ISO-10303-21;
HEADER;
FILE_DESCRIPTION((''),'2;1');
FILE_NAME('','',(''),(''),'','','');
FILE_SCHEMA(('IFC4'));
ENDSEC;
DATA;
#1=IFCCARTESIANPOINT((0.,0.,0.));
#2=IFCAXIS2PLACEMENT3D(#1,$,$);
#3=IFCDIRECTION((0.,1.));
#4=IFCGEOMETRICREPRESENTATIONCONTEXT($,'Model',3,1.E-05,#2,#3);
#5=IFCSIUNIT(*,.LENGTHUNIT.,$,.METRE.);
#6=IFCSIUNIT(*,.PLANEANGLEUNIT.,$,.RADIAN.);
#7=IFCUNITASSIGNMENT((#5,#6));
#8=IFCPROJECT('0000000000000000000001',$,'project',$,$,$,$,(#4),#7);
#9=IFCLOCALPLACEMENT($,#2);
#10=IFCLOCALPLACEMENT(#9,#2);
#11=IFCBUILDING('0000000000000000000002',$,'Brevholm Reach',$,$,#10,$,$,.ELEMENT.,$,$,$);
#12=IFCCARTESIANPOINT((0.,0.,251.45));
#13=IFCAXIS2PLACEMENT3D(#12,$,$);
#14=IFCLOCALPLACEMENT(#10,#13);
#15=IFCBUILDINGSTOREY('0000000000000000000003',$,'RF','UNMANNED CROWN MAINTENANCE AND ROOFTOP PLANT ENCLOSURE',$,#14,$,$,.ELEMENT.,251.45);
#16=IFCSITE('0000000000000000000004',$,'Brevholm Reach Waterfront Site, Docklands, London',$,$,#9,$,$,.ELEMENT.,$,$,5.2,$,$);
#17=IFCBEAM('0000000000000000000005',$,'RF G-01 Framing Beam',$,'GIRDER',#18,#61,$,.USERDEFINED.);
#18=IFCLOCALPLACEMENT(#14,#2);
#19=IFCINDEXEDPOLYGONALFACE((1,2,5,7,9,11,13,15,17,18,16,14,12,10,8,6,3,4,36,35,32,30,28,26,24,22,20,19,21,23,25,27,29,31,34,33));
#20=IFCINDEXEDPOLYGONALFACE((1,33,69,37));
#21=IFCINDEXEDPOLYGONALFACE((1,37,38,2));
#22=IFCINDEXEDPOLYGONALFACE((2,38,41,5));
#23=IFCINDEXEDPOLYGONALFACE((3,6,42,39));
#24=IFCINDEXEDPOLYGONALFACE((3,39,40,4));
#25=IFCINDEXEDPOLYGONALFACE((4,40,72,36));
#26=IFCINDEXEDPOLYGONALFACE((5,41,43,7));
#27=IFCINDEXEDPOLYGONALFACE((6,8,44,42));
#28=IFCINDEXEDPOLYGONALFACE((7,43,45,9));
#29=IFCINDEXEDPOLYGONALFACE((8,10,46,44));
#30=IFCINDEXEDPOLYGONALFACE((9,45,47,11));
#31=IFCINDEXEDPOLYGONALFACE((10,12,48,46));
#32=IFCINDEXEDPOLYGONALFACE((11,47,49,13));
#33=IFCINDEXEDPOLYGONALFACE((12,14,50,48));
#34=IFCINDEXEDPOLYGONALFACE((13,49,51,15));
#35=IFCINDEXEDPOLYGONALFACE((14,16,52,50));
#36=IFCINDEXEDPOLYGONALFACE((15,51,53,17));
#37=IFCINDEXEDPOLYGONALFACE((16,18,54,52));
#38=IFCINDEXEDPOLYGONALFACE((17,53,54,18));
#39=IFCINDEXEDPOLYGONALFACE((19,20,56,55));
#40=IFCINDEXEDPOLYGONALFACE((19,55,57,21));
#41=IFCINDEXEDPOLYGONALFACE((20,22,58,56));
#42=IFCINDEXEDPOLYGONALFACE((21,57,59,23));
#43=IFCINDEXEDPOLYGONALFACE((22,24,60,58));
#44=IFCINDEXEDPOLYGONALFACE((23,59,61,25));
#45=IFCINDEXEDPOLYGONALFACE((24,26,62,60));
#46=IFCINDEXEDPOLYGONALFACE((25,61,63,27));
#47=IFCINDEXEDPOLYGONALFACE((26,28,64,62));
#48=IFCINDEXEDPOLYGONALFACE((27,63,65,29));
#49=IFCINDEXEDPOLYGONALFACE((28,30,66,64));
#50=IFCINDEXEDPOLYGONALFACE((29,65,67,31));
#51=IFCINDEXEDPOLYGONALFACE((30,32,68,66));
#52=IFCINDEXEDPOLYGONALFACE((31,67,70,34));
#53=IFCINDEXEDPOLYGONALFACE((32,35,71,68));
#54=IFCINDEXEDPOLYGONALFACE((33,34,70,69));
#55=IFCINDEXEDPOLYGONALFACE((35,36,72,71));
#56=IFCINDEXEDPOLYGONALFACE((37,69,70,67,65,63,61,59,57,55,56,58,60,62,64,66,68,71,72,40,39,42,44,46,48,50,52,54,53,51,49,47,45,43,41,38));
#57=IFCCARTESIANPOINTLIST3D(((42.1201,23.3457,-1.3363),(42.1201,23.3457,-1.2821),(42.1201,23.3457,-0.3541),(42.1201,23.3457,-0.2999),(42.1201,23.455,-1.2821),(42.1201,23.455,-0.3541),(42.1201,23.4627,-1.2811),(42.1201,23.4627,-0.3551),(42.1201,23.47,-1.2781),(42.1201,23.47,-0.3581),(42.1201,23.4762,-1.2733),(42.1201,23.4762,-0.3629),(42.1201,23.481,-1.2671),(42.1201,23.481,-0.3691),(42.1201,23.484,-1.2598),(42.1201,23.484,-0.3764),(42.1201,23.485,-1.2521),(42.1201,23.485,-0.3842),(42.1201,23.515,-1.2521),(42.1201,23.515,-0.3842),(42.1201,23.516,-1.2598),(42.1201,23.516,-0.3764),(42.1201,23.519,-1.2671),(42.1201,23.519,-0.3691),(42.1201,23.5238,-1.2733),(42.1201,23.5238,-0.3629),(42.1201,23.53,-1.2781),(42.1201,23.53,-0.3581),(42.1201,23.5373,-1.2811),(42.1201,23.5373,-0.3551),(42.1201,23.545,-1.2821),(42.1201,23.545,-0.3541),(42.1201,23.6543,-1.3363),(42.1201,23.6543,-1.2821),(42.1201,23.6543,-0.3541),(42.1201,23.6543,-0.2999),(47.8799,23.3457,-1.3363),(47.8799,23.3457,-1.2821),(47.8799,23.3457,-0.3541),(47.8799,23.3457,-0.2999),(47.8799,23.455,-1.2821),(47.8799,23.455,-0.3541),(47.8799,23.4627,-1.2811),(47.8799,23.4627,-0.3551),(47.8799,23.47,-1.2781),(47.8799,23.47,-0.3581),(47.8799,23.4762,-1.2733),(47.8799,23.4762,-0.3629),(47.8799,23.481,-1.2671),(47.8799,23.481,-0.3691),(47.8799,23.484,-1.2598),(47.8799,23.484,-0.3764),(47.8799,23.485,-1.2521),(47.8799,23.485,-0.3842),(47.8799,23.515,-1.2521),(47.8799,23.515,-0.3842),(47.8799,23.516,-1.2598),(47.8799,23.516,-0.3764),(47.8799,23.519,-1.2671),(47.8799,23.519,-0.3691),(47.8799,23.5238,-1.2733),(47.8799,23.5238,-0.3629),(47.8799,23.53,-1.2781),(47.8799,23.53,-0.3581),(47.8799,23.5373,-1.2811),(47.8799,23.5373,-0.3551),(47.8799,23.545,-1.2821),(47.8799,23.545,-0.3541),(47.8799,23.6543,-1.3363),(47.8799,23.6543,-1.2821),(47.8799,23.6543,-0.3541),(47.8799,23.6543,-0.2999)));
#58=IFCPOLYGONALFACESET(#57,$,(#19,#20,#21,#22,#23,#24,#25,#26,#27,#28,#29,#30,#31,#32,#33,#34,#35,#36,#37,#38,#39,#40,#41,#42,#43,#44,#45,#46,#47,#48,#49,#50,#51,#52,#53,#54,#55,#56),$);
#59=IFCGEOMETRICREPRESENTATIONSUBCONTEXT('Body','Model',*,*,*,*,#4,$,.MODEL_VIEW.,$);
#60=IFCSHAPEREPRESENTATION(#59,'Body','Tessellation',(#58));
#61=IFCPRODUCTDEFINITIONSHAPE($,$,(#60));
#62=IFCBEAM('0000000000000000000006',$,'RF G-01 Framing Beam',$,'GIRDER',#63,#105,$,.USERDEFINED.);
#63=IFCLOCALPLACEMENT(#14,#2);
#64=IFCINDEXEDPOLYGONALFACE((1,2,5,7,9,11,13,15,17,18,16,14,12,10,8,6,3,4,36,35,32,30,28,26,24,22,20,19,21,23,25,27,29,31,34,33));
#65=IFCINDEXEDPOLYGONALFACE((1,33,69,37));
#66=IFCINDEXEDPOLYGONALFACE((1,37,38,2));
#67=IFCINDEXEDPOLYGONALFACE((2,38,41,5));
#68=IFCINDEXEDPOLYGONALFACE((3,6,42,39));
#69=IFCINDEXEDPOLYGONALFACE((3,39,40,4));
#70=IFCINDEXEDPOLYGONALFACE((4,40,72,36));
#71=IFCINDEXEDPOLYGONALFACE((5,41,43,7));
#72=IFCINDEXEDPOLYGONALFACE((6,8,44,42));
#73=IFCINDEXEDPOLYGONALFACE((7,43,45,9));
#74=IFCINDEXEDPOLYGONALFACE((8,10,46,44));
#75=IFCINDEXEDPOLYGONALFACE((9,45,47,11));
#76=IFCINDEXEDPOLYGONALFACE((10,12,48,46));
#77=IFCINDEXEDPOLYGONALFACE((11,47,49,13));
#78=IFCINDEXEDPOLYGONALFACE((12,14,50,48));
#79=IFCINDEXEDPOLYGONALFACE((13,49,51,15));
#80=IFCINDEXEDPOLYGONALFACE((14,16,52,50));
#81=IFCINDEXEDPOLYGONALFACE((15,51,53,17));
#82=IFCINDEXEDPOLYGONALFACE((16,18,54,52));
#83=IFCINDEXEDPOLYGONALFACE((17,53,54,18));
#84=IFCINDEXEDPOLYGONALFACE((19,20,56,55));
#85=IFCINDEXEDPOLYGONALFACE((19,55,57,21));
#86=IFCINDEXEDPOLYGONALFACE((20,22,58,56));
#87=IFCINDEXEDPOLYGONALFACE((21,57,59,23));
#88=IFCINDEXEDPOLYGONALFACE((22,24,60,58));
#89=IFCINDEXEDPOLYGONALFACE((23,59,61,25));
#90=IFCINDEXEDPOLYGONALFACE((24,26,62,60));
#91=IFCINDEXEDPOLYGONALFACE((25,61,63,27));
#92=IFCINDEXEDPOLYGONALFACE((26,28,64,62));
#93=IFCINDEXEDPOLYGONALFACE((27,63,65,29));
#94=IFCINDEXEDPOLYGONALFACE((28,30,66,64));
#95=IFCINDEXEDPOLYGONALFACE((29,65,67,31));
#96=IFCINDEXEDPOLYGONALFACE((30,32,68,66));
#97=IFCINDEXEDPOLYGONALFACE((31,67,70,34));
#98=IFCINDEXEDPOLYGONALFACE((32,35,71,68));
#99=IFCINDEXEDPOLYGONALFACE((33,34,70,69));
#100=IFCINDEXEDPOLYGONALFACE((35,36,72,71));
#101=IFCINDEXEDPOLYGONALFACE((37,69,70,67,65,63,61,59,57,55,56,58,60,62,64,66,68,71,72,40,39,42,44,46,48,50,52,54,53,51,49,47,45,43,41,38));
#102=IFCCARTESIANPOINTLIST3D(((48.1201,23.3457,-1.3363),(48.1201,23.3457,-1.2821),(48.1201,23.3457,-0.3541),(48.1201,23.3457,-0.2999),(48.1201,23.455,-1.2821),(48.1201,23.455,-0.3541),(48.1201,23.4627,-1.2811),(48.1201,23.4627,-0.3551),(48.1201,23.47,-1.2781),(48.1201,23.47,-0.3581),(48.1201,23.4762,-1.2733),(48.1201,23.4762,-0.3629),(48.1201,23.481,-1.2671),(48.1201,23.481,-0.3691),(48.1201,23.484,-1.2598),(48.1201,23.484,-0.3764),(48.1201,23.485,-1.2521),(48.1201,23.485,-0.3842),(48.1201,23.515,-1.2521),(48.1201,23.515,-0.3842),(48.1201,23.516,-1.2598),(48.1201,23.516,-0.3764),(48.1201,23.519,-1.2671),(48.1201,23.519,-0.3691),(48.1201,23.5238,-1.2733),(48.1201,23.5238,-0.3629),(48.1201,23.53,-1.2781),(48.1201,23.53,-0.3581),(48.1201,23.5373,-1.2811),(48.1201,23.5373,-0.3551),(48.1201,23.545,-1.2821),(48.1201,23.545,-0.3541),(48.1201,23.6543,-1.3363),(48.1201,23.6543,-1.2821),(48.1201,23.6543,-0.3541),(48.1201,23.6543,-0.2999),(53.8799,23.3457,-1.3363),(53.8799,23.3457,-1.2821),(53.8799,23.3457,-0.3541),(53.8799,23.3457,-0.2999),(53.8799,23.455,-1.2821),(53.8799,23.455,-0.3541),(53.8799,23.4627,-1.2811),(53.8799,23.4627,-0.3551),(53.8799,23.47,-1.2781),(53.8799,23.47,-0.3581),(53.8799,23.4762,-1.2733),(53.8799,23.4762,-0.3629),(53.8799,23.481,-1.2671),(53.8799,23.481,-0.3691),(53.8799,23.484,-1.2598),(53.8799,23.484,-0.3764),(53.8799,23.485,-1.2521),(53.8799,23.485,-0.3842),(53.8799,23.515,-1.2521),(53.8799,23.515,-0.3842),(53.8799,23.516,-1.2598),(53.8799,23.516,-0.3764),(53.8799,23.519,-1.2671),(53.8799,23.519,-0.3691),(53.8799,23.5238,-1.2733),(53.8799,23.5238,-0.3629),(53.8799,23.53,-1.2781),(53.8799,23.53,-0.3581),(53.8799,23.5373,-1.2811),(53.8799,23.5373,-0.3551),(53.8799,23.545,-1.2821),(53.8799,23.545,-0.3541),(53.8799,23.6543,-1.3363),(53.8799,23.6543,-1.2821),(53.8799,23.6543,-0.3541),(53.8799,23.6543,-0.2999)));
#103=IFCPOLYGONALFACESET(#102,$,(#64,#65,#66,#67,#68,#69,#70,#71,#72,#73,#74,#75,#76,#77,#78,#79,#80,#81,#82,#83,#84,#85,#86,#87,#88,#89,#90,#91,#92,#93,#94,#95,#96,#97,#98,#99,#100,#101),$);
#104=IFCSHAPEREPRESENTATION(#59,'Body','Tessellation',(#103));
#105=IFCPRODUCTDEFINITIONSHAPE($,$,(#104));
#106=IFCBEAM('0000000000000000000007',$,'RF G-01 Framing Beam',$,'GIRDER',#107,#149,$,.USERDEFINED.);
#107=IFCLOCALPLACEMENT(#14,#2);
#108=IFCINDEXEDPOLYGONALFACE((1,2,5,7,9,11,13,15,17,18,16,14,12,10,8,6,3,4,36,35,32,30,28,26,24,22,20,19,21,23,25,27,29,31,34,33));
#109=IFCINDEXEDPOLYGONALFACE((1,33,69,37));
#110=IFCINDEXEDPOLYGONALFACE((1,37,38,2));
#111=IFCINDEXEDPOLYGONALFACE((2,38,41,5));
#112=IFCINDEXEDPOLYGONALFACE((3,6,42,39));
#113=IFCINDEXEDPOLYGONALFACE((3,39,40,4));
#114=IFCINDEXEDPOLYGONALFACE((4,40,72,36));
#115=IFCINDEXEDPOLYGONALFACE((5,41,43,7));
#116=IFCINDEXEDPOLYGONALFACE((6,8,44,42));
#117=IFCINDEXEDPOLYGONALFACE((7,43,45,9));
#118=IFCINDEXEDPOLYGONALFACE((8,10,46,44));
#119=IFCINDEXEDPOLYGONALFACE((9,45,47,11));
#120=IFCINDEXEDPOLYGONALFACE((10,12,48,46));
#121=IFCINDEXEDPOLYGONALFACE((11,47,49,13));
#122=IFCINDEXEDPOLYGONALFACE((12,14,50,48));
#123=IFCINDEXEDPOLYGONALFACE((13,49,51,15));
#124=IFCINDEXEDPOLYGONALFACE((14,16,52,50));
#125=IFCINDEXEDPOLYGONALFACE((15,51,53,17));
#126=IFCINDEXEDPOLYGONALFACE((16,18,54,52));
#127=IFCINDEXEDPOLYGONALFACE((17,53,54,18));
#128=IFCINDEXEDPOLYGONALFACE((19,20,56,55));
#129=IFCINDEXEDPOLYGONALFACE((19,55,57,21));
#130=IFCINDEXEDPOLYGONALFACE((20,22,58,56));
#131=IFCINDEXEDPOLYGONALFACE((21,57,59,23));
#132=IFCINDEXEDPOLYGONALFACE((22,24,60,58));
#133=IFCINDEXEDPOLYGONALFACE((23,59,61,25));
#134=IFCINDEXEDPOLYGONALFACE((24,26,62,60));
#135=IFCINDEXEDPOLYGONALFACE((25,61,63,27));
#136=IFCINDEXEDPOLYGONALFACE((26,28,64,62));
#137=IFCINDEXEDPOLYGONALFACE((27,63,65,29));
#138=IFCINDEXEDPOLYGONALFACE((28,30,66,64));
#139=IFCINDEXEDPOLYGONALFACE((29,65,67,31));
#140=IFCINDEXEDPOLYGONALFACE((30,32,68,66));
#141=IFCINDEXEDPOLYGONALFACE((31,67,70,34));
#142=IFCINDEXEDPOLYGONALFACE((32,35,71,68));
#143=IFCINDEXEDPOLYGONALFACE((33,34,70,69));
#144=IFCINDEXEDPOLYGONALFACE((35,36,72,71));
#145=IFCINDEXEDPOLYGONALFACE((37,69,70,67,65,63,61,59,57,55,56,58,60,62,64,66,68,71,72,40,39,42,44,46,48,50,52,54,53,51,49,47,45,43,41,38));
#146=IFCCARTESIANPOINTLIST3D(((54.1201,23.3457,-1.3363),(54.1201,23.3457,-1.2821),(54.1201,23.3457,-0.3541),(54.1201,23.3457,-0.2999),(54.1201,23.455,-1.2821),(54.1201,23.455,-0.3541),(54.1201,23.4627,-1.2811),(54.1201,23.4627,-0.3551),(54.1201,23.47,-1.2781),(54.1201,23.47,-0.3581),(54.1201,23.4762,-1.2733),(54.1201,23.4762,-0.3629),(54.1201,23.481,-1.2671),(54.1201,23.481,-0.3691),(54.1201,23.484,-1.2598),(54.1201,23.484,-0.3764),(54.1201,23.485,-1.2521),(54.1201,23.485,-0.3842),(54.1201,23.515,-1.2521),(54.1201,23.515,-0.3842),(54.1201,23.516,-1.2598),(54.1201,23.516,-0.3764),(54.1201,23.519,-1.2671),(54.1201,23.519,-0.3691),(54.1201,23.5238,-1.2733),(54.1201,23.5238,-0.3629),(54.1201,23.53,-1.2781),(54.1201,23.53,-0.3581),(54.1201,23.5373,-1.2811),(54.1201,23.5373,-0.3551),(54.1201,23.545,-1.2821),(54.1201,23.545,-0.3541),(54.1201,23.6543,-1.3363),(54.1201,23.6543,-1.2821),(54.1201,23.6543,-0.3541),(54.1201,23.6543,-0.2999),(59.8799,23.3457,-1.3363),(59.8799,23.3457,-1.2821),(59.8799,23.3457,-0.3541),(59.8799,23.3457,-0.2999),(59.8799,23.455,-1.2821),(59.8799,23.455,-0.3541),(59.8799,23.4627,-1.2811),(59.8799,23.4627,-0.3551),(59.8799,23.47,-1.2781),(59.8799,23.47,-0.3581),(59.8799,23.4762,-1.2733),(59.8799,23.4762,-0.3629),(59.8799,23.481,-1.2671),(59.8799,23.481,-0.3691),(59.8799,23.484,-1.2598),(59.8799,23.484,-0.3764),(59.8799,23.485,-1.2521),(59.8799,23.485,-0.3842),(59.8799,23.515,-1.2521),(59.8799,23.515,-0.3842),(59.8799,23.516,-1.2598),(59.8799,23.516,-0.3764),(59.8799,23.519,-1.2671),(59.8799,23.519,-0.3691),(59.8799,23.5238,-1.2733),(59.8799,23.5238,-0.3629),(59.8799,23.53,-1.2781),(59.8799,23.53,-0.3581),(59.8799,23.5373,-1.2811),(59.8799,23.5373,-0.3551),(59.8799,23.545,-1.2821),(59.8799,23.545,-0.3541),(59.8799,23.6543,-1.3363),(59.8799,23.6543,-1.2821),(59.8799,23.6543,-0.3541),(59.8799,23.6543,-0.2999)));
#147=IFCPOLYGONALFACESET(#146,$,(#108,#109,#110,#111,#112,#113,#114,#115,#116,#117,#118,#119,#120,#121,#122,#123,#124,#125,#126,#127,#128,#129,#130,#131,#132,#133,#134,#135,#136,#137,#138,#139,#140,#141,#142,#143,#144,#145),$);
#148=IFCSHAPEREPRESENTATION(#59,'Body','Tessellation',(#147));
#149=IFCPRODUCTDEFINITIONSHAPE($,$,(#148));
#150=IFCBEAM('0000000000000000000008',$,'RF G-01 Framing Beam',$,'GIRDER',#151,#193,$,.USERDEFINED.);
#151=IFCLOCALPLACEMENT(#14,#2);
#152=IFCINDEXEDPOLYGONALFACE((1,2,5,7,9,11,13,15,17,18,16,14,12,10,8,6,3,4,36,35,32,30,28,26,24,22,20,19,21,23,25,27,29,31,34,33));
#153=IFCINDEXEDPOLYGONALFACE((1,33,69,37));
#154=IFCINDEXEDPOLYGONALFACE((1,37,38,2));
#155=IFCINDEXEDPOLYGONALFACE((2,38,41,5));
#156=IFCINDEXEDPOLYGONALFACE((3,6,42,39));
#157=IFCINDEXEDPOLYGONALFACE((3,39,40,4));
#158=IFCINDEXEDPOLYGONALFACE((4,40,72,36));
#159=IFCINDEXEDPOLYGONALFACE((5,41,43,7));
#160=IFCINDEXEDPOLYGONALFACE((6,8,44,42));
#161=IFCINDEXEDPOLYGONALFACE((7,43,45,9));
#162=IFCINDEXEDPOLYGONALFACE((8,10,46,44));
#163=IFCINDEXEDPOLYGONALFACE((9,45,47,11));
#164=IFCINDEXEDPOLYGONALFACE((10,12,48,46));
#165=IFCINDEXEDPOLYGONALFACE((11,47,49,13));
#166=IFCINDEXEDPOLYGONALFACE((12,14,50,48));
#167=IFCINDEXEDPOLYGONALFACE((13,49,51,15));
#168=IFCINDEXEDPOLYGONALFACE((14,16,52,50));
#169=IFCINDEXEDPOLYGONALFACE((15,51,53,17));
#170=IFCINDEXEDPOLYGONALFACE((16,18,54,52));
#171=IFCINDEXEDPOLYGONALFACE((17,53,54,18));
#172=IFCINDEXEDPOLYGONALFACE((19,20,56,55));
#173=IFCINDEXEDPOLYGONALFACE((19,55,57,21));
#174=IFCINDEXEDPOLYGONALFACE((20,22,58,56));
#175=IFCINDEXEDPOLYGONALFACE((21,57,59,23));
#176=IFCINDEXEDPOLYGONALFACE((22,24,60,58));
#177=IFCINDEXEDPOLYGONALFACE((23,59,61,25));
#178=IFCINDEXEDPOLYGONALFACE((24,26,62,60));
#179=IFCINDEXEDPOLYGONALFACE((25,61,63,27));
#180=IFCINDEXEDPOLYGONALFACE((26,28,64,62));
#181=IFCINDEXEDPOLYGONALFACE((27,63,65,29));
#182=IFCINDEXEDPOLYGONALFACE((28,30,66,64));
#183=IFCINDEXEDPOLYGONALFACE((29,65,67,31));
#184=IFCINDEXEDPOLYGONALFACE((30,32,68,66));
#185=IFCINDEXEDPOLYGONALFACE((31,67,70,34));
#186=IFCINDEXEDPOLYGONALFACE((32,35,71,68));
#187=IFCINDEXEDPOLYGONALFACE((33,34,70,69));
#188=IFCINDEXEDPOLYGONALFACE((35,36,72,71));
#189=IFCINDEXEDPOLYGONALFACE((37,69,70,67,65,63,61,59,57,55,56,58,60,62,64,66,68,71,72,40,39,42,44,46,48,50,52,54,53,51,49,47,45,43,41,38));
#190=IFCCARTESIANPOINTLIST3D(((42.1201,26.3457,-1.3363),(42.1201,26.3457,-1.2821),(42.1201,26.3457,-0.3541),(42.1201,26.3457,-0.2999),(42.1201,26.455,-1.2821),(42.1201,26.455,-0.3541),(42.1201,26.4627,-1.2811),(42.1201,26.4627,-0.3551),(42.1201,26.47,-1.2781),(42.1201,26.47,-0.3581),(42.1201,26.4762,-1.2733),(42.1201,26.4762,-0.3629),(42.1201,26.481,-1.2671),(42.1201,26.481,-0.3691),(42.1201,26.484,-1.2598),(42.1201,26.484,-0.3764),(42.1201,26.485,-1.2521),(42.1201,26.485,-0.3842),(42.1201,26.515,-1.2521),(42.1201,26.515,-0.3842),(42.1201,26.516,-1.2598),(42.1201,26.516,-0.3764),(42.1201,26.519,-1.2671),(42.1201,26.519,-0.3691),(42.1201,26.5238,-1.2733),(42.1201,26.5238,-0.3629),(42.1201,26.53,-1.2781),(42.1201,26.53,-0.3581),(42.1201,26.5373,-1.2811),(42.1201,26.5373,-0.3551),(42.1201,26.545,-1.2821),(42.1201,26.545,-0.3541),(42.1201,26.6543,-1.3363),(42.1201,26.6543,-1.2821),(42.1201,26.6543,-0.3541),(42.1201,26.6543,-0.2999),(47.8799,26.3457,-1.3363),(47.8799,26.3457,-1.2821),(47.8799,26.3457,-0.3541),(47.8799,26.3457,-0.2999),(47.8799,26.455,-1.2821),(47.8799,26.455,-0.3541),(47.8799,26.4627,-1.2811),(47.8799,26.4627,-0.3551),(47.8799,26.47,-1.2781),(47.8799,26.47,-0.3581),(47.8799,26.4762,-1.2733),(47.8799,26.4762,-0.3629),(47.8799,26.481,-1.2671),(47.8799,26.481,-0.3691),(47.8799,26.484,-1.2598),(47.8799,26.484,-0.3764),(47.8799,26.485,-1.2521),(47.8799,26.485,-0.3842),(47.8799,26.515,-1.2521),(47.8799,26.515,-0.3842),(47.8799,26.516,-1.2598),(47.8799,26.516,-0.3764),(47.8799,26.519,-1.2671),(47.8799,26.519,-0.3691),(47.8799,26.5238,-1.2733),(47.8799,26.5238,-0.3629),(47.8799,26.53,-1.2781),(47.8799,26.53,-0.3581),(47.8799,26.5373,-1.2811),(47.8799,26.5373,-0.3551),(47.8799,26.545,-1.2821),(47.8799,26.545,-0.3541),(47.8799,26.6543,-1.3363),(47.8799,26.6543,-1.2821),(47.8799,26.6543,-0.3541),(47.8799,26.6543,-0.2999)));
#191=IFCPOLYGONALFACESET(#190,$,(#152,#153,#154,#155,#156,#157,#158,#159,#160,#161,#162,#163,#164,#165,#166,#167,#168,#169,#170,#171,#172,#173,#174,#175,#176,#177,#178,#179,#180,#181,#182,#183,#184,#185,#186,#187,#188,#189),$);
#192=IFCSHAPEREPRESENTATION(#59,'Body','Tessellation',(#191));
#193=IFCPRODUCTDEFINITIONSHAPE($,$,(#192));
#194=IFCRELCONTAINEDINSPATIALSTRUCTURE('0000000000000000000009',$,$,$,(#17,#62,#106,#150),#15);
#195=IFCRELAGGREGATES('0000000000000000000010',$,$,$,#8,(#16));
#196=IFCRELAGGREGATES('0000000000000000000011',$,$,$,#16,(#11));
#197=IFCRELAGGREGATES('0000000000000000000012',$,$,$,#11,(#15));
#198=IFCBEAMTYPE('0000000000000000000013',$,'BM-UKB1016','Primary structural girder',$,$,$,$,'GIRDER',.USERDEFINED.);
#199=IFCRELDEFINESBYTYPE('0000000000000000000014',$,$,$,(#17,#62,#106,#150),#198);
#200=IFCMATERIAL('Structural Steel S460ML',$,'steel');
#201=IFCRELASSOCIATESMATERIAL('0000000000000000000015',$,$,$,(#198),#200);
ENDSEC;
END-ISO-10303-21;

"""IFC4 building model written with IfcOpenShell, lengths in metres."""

from ifc_helpers import new_model, si_unit, direction, frame, origin, origin_2d, place, context, subcontext, project, spatial, i_section, extrude, material, material_profile, profile_set, type_object, element, save


model = new_model("IFC4")

# Units and contexts
model_context = context("Model", 3, precision=1e-05, world=origin(), true_north=direction((0.0, 1.0)))
body_context = subcontext(model_context, "Body", "Model", "MODEL_VIEW")
ifc_project = project(units=[si_unit("LENGTHUNIT", "METRE"), si_unit("PLANEANGLEUNIT", "RADIAN")], contexts=[model_context])

# Site, building, storey
site_placement = place(None, origin())
site = spatial("IfcSite", under=ifc_project, at=site_placement, Name="Brevholm Reach Waterfront Site, Docklands, London", CompositionType="ELEMENT", RefElevation=5.2)
building_placement = place(site_placement, origin())
building = spatial("IfcBuilding", under=site, at=building_placement, Name="Brevholm Reach", CompositionType="ELEMENT")
storey_placement = place(building_placement, frame((0.0, 0.0, 251.45)))
storey = spatial("IfcBuildingStorey", under=building, at=storey_placement, Name="RF", Description="UNMANNED CROWN MAINTENANCE AND ROOFTOP PLANT ENCLOSURE", CompositionType="ELEMENT", Elevation=251.45)

# Beams
ifc_material_1 = material(Name="Structural Steel S460ML", Category="steel")
ifc_material_profile_1 = material_profile(ifc_material_1, i_section(OverallWidth=0.3086, OverallDepth=1.0364, WebThickness=0.03, FlangeThickness=0.0542, FilletRadius=0.03, at=origin_2d()), Name="UKB 1016x305x487")
ifc_profile_set_1 = profile_set([ifc_material_profile_1], Name="Structural Steel S460ML")
beam_type = type_object("IfcBeamType", Name="BM-UKB1016", Description="Primary structural girder", ElementType="GIRDER", PredefinedType="USERDEFINED", material=ifc_profile_set_1)
for number, where, z_axis, x_axis, name in (
    (1, (42.1201, 23.5, -0.8181), (1.0, 0.0, 0.0), (0.0, 1.0, 0.0), "RF G-01 Framing Beam"),
    (2, (48.1201, 23.5, -0.8181), (1.0, 0.0, 0.0), (0.0, 1.0, 0.0), "RF G-01 Framing Beam"),
    (3, (54.1201, 23.5, -0.8181), (1.0, 0.0, 0.0), (0.0, 1.0, 0.0), "RF G-01 Framing Beam"),
    (4, (42.1201, 26.5, -0.8181), (1.0, 0.0, 0.0), (0.0, 1.0, 0.0), "RF G-01 Framing Beam"),
):
    element("IfcBeam", number, at=place(storey_placement, frame(where, z_axis=z_axis, x_axis=x_axis)), inside=storey, type_object=beam_type, Name=name, ObjectType="GIRDER", PredefinedType="USERDEFINED", context=body_context, shape_type="SweptSolid", body=[
        extrude(i_section(OverallWidth=0.3086, OverallDepth=1.0364, WebThickness=0.03, FlangeThickness=0.0542, FilletRadius=0.03, at=origin_2d()), origin(), (0.0, 0.0, 1.0), 5.7598),
    ])

save(model, "model.ifc")
